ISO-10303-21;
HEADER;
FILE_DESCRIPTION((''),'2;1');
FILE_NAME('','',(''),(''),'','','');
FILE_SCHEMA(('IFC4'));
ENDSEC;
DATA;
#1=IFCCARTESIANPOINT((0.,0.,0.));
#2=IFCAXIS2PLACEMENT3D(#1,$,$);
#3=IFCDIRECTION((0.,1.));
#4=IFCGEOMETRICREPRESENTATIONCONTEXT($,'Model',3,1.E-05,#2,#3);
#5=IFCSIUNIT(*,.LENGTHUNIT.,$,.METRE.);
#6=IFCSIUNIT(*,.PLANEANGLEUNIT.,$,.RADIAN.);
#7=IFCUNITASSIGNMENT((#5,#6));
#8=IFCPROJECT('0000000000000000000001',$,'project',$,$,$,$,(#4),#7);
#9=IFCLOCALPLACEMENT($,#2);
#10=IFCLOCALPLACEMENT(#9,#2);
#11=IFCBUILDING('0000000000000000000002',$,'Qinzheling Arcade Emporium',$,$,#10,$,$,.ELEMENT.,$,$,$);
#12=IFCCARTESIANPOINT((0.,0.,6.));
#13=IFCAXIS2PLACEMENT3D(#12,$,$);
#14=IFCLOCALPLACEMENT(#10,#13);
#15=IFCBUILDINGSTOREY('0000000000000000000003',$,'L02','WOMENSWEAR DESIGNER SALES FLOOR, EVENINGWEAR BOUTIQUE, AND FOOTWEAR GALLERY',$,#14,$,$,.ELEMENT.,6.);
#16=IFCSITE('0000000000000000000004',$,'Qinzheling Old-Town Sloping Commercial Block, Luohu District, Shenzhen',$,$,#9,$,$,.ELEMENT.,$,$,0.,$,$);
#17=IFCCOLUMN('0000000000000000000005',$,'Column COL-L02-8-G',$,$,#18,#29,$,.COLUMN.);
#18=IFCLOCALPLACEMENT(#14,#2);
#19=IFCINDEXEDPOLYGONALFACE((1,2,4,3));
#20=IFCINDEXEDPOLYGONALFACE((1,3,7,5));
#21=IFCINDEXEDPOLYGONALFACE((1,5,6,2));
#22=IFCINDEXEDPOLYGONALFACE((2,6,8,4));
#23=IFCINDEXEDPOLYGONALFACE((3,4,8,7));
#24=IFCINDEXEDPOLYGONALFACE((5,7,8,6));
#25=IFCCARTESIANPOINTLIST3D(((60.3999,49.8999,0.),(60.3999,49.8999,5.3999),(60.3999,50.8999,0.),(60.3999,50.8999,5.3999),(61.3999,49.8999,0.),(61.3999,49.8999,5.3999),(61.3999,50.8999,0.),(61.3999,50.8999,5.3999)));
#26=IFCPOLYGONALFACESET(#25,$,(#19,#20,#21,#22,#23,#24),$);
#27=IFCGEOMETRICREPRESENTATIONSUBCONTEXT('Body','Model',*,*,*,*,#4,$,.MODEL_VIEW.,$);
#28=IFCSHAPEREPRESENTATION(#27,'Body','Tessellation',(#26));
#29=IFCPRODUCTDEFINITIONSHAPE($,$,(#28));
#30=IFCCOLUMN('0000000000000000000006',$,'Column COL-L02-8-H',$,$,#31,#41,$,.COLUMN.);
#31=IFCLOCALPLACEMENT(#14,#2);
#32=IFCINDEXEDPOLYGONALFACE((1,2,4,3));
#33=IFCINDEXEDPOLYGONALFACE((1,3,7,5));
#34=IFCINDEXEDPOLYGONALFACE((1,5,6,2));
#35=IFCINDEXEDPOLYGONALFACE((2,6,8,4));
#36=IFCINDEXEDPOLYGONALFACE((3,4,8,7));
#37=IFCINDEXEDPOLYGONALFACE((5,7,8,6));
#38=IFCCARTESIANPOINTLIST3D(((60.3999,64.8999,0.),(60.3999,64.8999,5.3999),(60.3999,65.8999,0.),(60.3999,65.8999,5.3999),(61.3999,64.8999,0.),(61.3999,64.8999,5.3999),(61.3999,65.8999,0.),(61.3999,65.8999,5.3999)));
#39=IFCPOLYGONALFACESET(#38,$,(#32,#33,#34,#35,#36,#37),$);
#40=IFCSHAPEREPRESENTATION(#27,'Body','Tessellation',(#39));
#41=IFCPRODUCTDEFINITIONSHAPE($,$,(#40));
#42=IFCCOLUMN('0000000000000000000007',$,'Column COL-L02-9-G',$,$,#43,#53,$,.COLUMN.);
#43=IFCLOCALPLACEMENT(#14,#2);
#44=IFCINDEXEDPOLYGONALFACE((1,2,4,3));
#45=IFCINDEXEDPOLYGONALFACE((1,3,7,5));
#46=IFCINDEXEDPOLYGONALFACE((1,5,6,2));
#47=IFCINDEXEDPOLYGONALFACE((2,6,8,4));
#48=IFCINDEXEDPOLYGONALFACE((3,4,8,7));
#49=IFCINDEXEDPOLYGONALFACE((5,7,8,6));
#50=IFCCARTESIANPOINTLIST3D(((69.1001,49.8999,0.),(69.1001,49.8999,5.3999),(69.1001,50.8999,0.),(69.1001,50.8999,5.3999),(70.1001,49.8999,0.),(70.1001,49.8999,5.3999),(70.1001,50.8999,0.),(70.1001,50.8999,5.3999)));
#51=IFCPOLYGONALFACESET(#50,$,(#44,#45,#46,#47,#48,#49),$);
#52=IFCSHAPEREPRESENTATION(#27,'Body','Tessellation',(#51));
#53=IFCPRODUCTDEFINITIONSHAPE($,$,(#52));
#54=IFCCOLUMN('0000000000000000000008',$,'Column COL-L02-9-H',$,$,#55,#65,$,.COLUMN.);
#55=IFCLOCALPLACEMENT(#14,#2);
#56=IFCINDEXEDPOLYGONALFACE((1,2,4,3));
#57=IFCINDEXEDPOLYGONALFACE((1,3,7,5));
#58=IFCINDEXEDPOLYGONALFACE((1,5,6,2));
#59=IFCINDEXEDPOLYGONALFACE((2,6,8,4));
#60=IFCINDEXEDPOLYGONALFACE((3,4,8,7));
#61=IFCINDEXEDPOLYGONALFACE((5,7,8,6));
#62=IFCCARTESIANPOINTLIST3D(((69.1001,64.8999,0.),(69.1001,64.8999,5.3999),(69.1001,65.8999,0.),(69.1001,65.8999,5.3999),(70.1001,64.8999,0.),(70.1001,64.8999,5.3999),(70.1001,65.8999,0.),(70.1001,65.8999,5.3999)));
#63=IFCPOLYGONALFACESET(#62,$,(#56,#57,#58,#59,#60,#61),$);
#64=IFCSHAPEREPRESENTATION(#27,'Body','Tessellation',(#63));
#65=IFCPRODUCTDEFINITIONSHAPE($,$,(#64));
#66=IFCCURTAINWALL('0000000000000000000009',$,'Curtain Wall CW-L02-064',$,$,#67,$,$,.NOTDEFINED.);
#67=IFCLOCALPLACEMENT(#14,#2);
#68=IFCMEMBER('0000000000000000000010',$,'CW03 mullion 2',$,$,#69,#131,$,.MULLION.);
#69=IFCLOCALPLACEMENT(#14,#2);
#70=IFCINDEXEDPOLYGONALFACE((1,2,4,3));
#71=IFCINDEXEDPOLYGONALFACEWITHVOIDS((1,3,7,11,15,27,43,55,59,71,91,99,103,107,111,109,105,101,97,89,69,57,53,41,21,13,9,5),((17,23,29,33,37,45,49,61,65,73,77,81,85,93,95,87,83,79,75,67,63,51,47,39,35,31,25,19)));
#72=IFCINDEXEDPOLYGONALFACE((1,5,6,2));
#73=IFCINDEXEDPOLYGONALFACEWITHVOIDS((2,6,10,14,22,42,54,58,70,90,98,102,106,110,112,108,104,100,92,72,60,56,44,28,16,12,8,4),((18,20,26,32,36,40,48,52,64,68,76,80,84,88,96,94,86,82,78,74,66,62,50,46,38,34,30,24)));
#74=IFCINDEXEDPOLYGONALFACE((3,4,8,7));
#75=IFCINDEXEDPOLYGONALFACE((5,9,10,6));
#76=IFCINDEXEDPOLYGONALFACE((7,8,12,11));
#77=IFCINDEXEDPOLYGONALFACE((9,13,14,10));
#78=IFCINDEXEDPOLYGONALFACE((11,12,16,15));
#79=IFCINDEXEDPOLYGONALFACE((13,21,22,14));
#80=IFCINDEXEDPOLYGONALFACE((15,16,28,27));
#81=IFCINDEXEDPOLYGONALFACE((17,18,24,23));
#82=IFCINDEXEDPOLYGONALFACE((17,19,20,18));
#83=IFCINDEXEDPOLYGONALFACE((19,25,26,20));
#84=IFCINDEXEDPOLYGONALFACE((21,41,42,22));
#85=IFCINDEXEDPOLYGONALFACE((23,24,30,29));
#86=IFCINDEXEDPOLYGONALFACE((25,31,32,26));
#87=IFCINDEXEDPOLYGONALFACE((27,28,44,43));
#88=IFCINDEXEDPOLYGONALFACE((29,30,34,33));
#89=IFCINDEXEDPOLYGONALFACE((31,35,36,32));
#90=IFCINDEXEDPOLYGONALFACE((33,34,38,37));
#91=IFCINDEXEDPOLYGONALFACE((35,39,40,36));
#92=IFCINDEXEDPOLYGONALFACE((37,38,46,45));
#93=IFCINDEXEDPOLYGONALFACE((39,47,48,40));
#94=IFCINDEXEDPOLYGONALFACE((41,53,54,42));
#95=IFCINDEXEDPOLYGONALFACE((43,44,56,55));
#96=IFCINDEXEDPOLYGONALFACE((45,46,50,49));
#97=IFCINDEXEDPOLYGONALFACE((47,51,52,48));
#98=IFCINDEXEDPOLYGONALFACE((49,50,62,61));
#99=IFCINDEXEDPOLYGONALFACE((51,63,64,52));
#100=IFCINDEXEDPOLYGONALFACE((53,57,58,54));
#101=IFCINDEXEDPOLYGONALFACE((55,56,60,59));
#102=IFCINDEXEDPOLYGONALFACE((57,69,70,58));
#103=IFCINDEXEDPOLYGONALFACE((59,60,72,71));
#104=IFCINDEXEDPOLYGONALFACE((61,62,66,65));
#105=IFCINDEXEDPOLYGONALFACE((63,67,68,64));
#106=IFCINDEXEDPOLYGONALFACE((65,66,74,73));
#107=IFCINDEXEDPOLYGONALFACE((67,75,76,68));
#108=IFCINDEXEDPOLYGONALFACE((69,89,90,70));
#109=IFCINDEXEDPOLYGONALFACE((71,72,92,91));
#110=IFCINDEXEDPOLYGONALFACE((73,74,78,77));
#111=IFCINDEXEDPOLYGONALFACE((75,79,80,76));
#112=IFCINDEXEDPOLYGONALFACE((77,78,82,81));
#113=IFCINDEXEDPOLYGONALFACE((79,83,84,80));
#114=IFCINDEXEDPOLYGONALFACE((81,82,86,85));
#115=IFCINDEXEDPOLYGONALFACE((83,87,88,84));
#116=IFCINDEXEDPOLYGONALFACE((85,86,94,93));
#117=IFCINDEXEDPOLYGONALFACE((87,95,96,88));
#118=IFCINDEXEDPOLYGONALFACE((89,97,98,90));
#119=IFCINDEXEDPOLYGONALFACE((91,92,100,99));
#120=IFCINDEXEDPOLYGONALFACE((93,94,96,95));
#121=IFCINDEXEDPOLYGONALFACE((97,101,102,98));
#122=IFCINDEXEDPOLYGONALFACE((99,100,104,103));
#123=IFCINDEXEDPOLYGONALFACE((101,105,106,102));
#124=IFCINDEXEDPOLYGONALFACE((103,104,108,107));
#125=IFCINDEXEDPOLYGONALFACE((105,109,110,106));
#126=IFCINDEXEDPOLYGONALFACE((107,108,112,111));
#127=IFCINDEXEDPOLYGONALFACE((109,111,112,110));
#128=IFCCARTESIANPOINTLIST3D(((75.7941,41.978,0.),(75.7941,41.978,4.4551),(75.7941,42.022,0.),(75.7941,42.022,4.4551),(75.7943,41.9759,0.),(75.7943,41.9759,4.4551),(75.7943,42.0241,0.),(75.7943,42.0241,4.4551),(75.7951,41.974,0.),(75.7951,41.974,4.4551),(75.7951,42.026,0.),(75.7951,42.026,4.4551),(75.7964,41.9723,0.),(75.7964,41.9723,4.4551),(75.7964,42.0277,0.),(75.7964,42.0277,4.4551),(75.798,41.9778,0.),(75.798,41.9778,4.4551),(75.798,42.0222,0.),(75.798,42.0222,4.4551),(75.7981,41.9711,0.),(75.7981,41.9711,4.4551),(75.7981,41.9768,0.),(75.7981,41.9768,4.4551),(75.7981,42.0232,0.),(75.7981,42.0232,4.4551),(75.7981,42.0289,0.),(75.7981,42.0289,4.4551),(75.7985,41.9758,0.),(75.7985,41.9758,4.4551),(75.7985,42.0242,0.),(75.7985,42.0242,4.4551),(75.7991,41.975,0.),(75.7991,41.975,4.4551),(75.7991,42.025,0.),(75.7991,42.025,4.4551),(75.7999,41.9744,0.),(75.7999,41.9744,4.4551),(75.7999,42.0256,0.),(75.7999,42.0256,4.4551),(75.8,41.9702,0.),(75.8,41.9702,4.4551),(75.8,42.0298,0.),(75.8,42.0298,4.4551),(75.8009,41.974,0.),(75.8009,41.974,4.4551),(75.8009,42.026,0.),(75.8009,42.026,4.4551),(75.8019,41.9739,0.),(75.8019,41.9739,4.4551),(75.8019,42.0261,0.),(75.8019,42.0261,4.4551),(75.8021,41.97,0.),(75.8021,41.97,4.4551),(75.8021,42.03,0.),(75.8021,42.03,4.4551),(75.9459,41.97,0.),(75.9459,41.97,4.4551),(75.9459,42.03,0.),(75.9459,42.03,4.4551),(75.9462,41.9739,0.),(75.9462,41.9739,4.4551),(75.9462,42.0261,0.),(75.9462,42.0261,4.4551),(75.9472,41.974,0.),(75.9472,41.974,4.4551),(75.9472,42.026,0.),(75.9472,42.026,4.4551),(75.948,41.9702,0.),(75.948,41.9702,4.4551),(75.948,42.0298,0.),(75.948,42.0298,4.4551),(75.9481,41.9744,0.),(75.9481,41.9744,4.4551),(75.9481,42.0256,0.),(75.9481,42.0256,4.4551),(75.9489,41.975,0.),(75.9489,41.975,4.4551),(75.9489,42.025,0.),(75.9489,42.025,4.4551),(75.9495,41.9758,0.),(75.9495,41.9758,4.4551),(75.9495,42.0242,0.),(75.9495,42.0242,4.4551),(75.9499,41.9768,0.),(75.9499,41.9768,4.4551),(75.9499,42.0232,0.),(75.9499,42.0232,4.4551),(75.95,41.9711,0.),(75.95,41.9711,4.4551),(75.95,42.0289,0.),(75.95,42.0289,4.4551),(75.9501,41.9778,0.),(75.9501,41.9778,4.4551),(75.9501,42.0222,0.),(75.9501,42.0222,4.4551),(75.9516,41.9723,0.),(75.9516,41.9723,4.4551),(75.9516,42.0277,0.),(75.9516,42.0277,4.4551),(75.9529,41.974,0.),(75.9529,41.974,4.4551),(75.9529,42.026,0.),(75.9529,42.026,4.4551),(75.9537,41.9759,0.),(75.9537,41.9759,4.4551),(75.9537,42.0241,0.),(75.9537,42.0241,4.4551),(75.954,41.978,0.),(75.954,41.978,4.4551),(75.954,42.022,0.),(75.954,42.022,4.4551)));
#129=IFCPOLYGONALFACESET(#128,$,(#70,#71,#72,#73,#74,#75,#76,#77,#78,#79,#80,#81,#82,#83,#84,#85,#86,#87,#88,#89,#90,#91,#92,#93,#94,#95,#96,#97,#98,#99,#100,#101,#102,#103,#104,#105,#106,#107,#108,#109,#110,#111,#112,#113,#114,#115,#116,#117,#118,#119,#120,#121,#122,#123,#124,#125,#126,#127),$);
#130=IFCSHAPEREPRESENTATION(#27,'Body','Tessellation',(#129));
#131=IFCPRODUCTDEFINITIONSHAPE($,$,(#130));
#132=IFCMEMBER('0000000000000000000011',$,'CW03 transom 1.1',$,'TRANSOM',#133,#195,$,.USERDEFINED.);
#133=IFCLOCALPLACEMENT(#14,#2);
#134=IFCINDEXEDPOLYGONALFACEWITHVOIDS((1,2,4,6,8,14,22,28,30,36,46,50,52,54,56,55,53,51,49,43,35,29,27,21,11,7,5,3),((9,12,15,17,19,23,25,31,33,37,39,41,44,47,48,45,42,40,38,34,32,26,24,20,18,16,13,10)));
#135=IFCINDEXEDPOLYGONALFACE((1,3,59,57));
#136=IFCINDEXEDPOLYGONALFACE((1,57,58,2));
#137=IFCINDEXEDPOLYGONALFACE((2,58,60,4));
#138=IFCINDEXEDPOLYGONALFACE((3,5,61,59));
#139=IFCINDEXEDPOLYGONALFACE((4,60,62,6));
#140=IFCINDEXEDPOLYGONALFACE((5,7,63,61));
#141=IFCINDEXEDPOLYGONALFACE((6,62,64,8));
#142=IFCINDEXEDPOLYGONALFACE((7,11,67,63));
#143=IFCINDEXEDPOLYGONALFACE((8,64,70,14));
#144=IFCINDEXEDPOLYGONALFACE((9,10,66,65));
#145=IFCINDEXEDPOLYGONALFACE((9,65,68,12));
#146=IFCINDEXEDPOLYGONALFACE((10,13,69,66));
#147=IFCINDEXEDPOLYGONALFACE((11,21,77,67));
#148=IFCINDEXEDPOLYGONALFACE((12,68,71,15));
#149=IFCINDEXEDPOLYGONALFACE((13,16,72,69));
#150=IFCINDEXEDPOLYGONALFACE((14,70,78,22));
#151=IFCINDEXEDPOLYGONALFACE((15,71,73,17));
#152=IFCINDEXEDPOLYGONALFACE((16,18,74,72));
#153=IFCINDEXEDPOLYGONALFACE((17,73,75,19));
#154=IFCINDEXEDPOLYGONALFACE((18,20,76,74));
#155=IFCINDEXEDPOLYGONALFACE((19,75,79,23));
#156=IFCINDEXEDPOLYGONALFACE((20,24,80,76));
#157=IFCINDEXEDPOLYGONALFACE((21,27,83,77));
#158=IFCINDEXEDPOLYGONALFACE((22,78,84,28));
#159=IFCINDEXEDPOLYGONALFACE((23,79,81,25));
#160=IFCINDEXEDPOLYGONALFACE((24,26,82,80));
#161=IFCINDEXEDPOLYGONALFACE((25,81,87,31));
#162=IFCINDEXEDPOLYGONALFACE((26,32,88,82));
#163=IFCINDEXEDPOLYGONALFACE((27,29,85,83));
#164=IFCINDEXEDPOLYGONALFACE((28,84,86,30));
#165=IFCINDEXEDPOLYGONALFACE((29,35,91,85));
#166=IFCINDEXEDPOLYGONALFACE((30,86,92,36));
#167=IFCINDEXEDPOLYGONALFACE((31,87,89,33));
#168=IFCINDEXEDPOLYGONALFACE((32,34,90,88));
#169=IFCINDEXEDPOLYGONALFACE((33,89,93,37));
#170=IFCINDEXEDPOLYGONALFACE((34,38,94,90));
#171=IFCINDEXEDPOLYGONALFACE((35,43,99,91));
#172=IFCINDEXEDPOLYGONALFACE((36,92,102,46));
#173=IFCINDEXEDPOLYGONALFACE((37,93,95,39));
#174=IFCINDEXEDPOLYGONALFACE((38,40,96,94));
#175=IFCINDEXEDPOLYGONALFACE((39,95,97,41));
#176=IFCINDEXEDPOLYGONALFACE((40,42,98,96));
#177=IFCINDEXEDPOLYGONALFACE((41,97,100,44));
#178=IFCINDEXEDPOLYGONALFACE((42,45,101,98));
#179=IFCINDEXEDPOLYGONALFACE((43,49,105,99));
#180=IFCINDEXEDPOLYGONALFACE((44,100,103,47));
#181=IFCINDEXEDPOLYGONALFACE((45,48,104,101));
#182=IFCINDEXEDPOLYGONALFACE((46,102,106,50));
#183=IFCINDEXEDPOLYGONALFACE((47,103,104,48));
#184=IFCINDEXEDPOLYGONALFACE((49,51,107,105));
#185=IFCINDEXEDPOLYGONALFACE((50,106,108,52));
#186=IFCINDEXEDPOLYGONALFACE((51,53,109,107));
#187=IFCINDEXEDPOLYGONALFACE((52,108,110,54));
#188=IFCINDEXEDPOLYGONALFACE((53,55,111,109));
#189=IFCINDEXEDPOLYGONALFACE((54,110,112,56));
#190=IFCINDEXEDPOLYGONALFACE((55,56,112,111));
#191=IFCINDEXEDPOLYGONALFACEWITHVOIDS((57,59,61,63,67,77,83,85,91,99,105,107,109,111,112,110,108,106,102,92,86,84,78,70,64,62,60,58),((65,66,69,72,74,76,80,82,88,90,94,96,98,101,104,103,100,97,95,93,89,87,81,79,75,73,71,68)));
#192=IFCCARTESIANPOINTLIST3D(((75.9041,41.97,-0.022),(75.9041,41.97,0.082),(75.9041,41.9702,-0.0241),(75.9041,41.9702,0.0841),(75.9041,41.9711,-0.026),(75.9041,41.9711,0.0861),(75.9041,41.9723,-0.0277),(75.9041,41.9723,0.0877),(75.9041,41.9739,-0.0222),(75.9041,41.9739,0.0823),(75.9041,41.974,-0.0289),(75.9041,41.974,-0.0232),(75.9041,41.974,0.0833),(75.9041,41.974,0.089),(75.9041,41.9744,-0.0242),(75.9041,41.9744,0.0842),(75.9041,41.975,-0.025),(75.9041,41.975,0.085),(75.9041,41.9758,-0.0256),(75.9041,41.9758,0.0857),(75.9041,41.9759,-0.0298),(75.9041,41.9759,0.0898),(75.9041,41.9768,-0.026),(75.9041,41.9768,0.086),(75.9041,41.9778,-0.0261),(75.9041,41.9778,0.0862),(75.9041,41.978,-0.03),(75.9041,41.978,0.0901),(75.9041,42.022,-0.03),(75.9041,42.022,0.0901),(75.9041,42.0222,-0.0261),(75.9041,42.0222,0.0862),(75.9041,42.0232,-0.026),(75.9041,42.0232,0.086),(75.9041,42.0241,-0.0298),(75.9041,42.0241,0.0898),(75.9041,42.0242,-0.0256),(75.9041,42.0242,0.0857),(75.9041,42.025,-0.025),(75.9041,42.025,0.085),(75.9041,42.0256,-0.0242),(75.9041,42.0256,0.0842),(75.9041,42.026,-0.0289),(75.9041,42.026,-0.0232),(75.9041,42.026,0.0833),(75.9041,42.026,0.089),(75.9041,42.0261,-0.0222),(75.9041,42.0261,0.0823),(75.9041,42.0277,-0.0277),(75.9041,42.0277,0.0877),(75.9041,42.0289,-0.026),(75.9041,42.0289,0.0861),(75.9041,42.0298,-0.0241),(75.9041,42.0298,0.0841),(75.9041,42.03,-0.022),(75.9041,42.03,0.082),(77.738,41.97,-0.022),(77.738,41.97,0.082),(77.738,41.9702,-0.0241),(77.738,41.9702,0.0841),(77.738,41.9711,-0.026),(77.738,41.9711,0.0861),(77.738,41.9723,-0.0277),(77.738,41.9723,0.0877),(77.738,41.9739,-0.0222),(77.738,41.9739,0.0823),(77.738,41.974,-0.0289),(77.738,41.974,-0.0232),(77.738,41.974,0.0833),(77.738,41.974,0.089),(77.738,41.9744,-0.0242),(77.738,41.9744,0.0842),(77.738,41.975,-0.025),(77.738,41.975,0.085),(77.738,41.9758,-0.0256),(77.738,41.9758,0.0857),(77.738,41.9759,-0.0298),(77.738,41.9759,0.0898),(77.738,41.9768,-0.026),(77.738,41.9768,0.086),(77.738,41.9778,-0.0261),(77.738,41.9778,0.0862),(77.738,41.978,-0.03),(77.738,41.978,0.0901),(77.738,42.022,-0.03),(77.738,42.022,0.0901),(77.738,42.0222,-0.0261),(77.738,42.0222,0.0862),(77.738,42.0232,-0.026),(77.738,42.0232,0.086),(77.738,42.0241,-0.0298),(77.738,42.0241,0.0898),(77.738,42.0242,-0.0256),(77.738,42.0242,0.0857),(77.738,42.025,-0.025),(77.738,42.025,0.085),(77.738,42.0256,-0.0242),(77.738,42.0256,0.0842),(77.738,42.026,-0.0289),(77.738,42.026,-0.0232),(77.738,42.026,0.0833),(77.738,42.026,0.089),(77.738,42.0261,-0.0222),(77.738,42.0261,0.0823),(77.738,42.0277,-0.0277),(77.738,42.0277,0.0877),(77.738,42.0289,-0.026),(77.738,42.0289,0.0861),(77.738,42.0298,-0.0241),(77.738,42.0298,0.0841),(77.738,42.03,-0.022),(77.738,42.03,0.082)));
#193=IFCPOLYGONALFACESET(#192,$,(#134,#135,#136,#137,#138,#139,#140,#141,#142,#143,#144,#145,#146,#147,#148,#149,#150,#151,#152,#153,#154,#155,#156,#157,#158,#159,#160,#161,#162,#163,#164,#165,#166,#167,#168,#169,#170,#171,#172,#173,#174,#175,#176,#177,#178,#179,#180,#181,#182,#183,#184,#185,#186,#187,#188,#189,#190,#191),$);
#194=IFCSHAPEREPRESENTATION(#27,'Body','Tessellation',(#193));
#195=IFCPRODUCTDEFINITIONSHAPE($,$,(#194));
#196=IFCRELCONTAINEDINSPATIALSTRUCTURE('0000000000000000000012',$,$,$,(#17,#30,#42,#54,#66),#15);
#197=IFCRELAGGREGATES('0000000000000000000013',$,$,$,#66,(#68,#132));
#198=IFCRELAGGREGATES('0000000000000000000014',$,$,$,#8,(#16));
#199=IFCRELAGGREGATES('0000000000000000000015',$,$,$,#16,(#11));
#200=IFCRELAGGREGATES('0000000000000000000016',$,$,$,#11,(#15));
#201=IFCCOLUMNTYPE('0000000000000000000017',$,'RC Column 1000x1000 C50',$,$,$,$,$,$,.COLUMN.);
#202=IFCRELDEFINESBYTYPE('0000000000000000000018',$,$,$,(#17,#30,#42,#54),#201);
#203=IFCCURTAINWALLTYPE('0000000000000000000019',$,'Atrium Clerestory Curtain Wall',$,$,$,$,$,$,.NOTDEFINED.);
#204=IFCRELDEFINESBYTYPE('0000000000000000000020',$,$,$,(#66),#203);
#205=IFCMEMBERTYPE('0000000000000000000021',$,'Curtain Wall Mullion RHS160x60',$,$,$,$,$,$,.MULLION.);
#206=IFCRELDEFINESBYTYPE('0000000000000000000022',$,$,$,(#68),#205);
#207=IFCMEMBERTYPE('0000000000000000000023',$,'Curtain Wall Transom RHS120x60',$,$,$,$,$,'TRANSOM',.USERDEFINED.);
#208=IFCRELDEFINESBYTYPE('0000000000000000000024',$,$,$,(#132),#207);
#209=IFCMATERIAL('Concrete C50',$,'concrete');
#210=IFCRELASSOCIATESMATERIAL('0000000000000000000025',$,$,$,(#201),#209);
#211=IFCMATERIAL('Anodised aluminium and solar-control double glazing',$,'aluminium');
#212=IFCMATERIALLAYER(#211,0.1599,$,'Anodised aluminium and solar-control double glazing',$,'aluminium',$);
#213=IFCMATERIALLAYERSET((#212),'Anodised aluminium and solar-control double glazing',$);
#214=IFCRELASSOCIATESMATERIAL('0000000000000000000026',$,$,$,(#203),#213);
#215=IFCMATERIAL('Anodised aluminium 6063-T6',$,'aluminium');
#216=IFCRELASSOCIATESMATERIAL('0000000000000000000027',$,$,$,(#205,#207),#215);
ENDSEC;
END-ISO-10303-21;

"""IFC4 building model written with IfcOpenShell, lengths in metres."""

from ifc_helpers import new_model, si_unit, direction, frame, origin, origin_2d, place, context, subcontext, project, spatial, rectangle, hollow_rectangle, extrude, material, layer, layer_set, material_profile, profile_set, type_object, element, aggregate, save


model = new_model("IFC4")

# Units and contexts
model_context = context("Model", 3, precision=1e-05, world=origin(), true_north=direction((0.0, 1.0)))
body_context = subcontext(model_context, "Body", "Model", "MODEL_VIEW")
ifc_project = project(units=[si_unit("LENGTHUNIT", "METRE"), si_unit("PLANEANGLEUNIT", "RADIAN")], contexts=[model_context])

# Site, building, storey
site_placement = place(None, origin())
site = spatial("IfcSite", under=ifc_project, at=site_placement, Name="Qinzheling Old-Town Sloping Commercial Block, Luohu District, Shenzhen", CompositionType="ELEMENT", RefElevation=0.0)
building_placement = place(site_placement, origin())
building = spatial("IfcBuilding", under=site, at=building_placement, Name="Qinzheling Arcade Emporium", CompositionType="ELEMENT")
storey_placement = place(building_placement, frame((0.0, 0.0, 6.0)))
storey = spatial("IfcBuildingStorey", under=building, at=storey_placement, Name="L02", Description="WOMENSWEAR DESIGNER SALES FLOOR, EVENINGWEAR BOUTIQUE, AND FOOTWEAR GALLERY", CompositionType="ELEMENT", Elevation=6.0)

# Columns
ifc_material_1 = material(Name="Concrete C50", Category="concrete")
ifc_material_profile_1 = material_profile(ifc_material_1, rectangle(XDim=1.0, YDim=1.0, at=origin_2d()), Name="RC 1000x1000", Category="concrete")
ifc_profile_set_1 = profile_set([ifc_material_profile_1], Name="Concrete C50")
column_type = type_object("IfcColumnType", Name="RC Column 1000x1000 C50", PredefinedType="COLUMN", material=ifc_profile_set_1)
for number, where, z_axis, x_axis, name in (
    (1, (60.8999, 50.3999, 0.0), (0.0, 0.0, 1.0), (1.0, 0.0, 0.0), "Column COL-L02-8-G"),
    (2, (60.8999, 65.3999, 0.0), (0.0, 0.0, 1.0), (1.0, 0.0, 0.0), "Column COL-L02-8-H"),
    (3, (69.6001, 50.3999, 0.0), (0.0, 0.0, 1.0), (1.0, 0.0, 0.0), "Column COL-L02-9-G"),
    (4, (69.6001, 65.3999, 0.0), (0.0, 0.0, 1.0), (1.0, 0.0, 0.0), "Column COL-L02-9-H"),
):
    element("IfcColumn", number, at=place(storey_placement, frame(where, z_axis=z_axis, x_axis=x_axis)), inside=storey, type_object=column_type, Name=name, PredefinedType="COLUMN", context=body_context, shape_type="SweptSolid", body=[
        extrude(rectangle(XDim=1.0, YDim=1.0, at=origin_2d()), origin(), (0.0, 0.0, 1.0), 5.3999),
    ])

# Curtain wall, members
ifc_material_2 = material(Name="Anodised aluminium and solar-control double glazing", Category="aluminium")
ifc_layer_1 = layer(ifc_material_2, 0.1599, Name="Anodised aluminium and solar-control double glazing", Category="aluminium")
ifc_layer_set_1 = layer_set([ifc_layer_1], Name="Anodised aluminium and solar-control double glazing")
curtain_wall_type = type_object("IfcCurtainWallType", Name="Atrium Clerestory Curtain Wall", PredefinedType="NOTDEFINED", material=ifc_layer_set_1)
curtain_wall_placement = place(storey_placement, origin())
curtain_wall = element("IfcCurtainWall", 5, at=curtain_wall_placement, inside=storey, type_object=curtain_wall_type, Name="Curtain Wall CW-L02-064", PredefinedType="NOTDEFINED")
ifc_material_3 = material(Name="Anodised aluminium 6063-T6", Category="aluminium")
ifc_material_profile_2 = material_profile(ifc_material_3, hollow_rectangle(XDim=0.0601, YDim=0.1599, WallThickness=0.0039, InnerFilletRadius=0.0039, OuterFilletRadius=0.0081, at=origin_2d()), Name="RHS 160x60x4", Category="aluminium")
ifc_profile_set_2 = profile_set([ifc_material_profile_2], Name="Anodised aluminium 6063-T6")
member_type_1 = type_object("IfcMemberType", Name="Curtain Wall Mullion RHS160x60", PredefinedType="MULLION", material=ifc_profile_set_2)
member_1_placement = place(storey_placement, frame((75.874, 42.0, 0.0), z_axis=(0.0, 0.0, 1.0), x_axis=(0.0, -1.0, 0.0)))
member_1 = element("IfcMember", 6, at=member_1_placement, type_object=member_type_1, Name="CW03 mullion 2", PredefinedType="MULLION", context=body_context, shape_type="SweptSolid", body=[
    extrude(hollow_rectangle(XDim=0.0601, YDim=0.1599, WallThickness=0.0039, InnerFilletRadius=0.0039, OuterFilletRadius=0.0081, at=origin_2d()), origin(), (0.0, 0.0, 1.0), 4.4551),
])
ifc_material_profile_3 = material_profile(ifc_material_3, hollow_rectangle(XDim=0.0601, YDim=0.1201, WallThickness=0.0039, InnerFilletRadius=0.0039, OuterFilletRadius=0.0081, at=origin_2d()), Name="RHS 120x60x4", Category="aluminium")
ifc_profile_set_3 = profile_set([ifc_material_profile_3], Name="Anodised aluminium 6063-T6")
member_type_2 = type_object("IfcMemberType", Name="Curtain Wall Transom RHS120x60", ElementType="TRANSOM", PredefinedType="USERDEFINED", material=ifc_profile_set_3)
member_2_placement = place(storey_placement, frame((77.738, 42.0, 0.03), z_axis=(-1.0, 0.0, 0.0), x_axis=(0.0, -1.0, 0.0)))
member_2 = element("IfcMember", 7, at=member_2_placement, type_object=member_type_2, Name="CW03 transom 1.1", ObjectType="TRANSOM", PredefinedType="USERDEFINED", context=body_context, shape_type="SweptSolid", body=[
    extrude(hollow_rectangle(XDim=0.0601, YDim=0.1201, WallThickness=0.0039, InnerFilletRadius=0.0039, OuterFilletRadius=0.0081, at=origin_2d()), origin(), (0.0, 0.0, 1.0), 1.834),
])

aggregate(curtain_wall, [member_1, member_2])

save(model, "model.ifc")
